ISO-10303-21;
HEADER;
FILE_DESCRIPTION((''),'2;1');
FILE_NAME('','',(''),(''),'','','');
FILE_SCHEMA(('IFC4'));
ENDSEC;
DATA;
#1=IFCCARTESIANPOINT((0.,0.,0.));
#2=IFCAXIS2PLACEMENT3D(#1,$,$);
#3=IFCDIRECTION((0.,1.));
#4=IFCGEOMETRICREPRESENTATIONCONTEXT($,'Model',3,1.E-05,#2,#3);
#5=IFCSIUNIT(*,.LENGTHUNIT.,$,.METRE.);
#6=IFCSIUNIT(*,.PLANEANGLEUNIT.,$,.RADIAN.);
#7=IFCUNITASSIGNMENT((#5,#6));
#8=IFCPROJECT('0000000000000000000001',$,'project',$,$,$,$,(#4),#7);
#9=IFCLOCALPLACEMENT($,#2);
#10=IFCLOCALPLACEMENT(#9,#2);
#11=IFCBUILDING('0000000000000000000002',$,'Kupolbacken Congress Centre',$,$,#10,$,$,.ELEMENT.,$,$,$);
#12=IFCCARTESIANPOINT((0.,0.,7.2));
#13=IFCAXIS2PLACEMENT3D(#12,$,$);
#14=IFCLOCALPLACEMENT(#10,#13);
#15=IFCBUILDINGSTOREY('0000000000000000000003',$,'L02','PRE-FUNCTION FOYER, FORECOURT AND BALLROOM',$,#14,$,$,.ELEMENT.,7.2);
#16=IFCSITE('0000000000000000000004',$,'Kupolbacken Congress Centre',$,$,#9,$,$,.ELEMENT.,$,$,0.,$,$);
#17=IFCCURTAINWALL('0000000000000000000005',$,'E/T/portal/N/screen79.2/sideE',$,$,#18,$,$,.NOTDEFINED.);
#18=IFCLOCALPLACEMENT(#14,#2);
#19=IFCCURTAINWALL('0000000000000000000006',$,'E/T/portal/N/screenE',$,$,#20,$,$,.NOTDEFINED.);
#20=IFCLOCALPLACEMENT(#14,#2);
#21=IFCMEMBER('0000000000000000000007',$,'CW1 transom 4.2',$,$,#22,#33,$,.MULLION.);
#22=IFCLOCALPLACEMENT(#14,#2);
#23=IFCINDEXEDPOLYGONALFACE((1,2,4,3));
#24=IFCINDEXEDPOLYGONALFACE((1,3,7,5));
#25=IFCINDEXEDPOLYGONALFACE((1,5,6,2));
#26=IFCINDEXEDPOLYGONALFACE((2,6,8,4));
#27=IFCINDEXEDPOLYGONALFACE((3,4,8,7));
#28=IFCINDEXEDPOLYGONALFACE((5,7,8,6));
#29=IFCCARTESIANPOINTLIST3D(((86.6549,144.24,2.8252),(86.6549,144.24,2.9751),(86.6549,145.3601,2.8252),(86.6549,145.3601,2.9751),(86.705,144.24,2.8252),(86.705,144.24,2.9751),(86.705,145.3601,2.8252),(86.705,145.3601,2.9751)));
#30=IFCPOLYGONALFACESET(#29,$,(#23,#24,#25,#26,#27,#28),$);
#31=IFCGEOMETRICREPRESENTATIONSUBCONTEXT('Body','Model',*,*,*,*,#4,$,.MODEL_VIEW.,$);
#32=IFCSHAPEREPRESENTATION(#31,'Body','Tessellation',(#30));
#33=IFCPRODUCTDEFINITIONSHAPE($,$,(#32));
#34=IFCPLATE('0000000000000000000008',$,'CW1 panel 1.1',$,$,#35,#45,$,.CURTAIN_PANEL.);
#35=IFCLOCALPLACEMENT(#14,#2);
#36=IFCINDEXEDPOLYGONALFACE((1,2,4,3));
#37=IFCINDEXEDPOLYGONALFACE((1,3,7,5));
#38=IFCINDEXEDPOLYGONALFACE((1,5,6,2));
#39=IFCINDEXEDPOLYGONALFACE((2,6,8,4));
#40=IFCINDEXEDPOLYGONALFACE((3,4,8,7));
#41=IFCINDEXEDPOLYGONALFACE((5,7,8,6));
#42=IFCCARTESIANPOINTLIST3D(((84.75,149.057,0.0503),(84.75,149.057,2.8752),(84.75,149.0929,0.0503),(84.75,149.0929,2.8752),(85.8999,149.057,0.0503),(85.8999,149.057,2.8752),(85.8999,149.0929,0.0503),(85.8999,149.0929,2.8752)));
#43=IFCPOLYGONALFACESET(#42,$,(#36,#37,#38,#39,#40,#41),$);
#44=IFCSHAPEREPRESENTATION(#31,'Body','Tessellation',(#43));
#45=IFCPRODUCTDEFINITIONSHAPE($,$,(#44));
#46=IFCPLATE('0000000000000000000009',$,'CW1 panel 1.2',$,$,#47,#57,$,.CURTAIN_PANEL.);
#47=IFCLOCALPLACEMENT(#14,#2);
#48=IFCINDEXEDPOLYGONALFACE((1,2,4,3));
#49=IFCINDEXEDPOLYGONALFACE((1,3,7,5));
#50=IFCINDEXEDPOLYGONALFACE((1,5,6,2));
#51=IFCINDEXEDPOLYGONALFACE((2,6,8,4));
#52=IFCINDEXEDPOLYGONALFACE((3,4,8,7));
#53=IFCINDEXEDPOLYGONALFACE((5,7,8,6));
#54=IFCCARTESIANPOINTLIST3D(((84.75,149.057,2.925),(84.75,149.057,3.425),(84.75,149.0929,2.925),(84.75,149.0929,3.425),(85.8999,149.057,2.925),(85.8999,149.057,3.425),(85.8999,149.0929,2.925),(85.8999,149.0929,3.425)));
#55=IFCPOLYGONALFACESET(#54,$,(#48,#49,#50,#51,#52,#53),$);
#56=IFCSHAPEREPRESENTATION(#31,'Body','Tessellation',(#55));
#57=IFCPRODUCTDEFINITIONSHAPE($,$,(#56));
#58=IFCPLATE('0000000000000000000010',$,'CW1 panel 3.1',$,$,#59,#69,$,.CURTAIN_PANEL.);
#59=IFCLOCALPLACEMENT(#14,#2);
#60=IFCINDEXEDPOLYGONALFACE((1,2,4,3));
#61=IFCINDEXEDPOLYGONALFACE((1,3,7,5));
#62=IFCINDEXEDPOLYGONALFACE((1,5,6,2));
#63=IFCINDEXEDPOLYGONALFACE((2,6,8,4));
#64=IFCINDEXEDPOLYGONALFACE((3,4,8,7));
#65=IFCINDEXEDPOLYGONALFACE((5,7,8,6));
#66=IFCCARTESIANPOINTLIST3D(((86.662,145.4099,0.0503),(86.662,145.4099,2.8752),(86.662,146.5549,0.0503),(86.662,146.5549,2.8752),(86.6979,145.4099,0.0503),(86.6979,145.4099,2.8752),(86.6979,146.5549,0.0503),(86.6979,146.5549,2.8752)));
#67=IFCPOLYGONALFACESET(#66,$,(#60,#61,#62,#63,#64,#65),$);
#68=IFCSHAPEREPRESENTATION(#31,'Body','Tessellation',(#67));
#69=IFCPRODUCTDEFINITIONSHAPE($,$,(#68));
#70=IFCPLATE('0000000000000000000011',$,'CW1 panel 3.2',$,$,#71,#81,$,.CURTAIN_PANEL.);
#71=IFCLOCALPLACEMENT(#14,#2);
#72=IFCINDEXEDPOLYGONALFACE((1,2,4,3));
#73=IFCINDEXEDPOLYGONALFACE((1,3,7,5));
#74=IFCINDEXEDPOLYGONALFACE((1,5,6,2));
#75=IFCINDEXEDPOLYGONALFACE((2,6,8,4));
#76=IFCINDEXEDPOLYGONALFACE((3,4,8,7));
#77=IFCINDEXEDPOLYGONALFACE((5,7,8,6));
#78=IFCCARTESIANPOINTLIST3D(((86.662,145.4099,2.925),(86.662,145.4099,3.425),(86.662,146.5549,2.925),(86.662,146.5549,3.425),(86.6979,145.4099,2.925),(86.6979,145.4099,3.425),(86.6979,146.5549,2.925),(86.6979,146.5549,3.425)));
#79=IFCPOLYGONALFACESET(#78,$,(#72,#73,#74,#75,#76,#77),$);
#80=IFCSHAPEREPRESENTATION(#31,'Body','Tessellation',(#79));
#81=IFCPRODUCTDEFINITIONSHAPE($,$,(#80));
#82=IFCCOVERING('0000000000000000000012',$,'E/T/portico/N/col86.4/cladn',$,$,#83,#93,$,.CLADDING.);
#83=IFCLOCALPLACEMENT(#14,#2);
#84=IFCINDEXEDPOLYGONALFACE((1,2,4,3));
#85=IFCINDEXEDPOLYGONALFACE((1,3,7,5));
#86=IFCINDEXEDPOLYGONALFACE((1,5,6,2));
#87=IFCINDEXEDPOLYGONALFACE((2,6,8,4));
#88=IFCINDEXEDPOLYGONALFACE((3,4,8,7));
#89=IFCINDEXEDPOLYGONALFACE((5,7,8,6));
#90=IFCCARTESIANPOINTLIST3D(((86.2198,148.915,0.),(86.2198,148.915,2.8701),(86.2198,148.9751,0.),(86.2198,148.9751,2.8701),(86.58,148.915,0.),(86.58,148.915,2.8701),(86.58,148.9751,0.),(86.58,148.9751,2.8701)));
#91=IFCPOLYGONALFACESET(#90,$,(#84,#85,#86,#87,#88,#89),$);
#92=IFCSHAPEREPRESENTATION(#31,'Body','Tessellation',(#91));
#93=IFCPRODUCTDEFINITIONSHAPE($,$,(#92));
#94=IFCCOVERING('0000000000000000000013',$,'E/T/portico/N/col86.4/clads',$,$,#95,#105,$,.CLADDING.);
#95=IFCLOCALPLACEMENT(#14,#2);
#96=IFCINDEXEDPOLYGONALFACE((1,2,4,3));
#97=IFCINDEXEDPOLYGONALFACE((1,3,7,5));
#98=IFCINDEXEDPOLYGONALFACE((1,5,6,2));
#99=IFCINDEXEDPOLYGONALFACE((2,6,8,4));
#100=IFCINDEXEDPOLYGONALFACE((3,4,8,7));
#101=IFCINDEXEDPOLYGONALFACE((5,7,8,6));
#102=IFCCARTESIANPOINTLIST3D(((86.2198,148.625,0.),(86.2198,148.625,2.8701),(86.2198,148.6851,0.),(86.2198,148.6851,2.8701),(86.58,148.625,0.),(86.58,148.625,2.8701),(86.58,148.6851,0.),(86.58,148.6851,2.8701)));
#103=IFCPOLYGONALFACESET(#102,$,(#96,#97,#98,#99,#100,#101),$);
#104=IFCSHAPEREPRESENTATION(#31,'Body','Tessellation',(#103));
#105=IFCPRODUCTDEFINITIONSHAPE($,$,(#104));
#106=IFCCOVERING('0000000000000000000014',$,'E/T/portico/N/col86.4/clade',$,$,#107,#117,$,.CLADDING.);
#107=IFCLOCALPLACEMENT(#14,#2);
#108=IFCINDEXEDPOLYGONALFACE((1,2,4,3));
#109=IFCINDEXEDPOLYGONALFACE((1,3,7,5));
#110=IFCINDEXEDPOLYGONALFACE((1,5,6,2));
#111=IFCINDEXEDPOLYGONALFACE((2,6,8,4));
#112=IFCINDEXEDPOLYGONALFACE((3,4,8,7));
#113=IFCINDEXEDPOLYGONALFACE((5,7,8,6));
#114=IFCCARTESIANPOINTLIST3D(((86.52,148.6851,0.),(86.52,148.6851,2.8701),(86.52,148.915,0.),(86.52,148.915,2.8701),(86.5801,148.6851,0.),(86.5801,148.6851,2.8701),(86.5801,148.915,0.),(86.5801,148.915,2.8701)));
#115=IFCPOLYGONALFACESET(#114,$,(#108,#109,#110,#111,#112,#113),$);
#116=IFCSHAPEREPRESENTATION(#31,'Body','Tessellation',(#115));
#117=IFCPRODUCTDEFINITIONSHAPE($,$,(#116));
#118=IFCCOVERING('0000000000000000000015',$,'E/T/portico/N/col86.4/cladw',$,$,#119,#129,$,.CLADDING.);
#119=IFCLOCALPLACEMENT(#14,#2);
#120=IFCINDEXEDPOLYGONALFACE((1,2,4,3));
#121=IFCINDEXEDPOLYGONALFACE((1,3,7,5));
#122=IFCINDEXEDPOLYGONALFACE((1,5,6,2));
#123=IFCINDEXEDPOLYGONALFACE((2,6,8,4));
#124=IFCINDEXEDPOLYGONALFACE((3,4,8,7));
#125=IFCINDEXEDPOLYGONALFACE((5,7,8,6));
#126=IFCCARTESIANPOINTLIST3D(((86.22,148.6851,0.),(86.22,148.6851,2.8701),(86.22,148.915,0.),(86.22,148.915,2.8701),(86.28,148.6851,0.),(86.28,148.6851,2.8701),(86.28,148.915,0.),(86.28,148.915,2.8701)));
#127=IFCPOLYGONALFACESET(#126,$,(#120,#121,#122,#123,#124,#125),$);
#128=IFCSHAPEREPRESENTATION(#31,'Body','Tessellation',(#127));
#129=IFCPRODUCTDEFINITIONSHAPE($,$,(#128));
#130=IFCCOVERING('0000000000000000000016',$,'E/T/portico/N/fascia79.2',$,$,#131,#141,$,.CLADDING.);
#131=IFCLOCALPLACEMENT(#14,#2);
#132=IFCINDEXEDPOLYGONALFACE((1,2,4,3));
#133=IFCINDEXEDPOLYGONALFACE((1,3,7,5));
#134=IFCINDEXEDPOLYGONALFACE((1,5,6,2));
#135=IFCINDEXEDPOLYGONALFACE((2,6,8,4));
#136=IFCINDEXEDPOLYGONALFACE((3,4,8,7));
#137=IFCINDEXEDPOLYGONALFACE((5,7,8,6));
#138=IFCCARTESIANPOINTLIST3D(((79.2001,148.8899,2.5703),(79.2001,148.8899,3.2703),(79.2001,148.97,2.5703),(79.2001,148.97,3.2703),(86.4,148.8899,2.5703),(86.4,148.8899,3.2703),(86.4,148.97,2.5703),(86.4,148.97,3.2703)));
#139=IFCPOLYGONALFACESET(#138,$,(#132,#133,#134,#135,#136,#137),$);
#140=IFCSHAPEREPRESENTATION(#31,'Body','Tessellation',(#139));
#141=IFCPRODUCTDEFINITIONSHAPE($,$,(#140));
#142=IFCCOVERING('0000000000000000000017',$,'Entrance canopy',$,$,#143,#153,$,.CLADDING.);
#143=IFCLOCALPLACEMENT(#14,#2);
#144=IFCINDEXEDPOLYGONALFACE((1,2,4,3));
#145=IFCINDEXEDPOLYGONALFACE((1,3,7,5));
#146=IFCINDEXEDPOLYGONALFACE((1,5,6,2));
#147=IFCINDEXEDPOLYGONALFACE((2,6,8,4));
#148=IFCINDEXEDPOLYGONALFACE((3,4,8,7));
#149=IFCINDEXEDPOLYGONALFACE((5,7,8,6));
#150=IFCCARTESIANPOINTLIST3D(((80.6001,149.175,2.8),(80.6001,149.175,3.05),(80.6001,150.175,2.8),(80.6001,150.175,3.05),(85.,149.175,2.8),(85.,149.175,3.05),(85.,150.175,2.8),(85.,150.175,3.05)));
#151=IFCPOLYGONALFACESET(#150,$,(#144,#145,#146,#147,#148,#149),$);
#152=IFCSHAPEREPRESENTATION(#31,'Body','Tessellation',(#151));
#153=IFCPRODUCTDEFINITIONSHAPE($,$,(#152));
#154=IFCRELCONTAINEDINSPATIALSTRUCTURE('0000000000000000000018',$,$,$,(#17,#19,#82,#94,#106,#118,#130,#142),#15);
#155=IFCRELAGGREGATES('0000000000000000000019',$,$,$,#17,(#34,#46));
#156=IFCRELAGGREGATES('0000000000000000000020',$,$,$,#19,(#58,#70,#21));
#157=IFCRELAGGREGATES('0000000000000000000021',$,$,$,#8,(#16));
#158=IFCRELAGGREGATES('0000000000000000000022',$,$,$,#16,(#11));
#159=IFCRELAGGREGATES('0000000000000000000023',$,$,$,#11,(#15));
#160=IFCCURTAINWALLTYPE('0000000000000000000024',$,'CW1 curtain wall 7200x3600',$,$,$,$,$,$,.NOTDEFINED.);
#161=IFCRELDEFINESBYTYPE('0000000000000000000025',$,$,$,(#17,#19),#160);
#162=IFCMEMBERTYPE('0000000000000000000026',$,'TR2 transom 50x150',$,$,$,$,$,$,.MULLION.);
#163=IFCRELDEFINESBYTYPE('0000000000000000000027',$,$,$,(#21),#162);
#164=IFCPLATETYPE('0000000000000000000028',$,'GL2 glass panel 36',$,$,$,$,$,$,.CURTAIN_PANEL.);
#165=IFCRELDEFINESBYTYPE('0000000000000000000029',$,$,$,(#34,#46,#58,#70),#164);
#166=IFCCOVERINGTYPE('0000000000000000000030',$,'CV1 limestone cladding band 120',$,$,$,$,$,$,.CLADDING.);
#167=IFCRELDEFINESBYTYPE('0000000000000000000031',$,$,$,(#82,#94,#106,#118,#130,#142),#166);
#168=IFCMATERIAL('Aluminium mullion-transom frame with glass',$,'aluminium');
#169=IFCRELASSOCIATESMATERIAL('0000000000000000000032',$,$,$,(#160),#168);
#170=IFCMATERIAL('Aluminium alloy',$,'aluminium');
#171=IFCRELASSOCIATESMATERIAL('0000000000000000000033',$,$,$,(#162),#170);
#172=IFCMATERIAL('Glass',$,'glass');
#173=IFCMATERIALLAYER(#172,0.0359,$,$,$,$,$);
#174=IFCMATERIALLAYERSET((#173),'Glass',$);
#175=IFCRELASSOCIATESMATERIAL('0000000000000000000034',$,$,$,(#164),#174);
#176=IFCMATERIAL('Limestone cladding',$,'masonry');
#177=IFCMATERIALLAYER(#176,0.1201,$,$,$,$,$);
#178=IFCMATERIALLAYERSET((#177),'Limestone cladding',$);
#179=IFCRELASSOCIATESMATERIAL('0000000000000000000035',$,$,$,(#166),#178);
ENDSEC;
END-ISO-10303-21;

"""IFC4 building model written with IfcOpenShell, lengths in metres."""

from ifc_helpers import new_model, si_unit, direction, frame, origin, origin_2d, place, context, subcontext, project, spatial, rectangle, extrude, material, layer, layer_set, material_profile, profile_set, type_object, element, aggregate, save


model = new_model("IFC4")

# Units and contexts
model_context = context("Model", 3, precision=1e-05, world=origin(), true_north=direction((0.0, 1.0)))
body_context = subcontext(model_context, "Body", "Model", "MODEL_VIEW")
ifc_project = project(units=[si_unit("LENGTHUNIT", "METRE"), si_unit("PLANEANGLEUNIT", "RADIAN")], contexts=[model_context])

# Site, building, storey
site_placement = place(None, origin())
site = spatial("IfcSite", under=ifc_project, at=site_placement, Name="Kupolbacken Congress Centre", CompositionType="ELEMENT", RefElevation=0.0)
building_placement = place(site_placement, origin())
building = spatial("IfcBuilding", under=site, at=building_placement, Name="Kupolbacken Congress Centre", CompositionType="ELEMENT")
storey_placement = place(building_placement, frame((0.0, 0.0, 7.2)))
storey = spatial("IfcBuildingStorey", under=building, at=storey_placement, Name="L02", Description="PRE-FUNCTION FOYER, FORECOURT AND BALLROOM", CompositionType="ELEMENT", Elevation=7.2)

# Curtain wall
ifc_material_1 = material(Name="Aluminium mullion-transom frame with glass", Category="aluminium")
curtain_wall_type = type_object("IfcCurtainWallType", Name="CW1 curtain wall 7200x3600", PredefinedType="NOTDEFINED", material=ifc_material_1)
curtain_wall_1_placement = place(storey_placement, origin())
curtain_wall_1 = element("IfcCurtainWall", 1, at=curtain_wall_1_placement, inside=storey, type_object=curtain_wall_type, Name="E/T/portal/N/screen79.2/sideE", PredefinedType="NOTDEFINED")

# Curtain wall
curtain_wall_2_placement = place(storey_placement, origin())
curtain_wall_2 = element("IfcCurtainWall", 2, at=curtain_wall_2_placement, inside=storey, type_object=curtain_wall_type, Name="E/T/portal/N/screenE", PredefinedType="NOTDEFINED")

# Member
ifc_material_2 = material(Name="Aluminium alloy", Category="aluminium")
ifc_material_profile_1 = material_profile(ifc_material_2, rectangle(XDim=0.05, YDim=0.1499, at=origin_2d()), Name="50 x 150")
ifc_profile_set_1 = profile_set([ifc_material_profile_1], Name="Aluminium alloy")
member_type_1 = type_object("IfcMemberType", Name="TR2 transom 50x150", PredefinedType="MULLION", material=ifc_profile_set_1)
member_1_placement = place(storey_placement, frame((86.6799, 145.3601, 2.9001), z_axis=(0.0, -1.0, 0.0), x_axis=(1.0, 0.0, 0.0)))
member_1 = element("IfcMember", 3, at=member_1_placement, type_object=member_type_1, Name="CW1 transom 4.2", PredefinedType="MULLION", context=body_context, shape_type="SweptSolid", body=[
    extrude(rectangle(XDim=0.05, YDim=0.1499, at=origin_2d()), origin(), (0.0, 0.0, 1.0), 1.1201),
])

# Plates
ifc_material_3 = material(Name="Glass", Category="glass")
ifc_layer_1 = layer(ifc_material_3, 0.0359)
ifc_layer_set_1 = layer_set([ifc_layer_1], Name="Glass")
plate_type = type_object("IfcPlateType", Name="GL2 glass panel 36", PredefinedType="CURTAIN_PANEL", material=ifc_layer_set_1)
plate_1_placement = place(storey_placement, frame((85.325, 149.075, 0.0503), z_axis=(0.0, 0.0, 1.0), x_axis=(-1.0, 0.0, 0.0)))
plate_1 = element("IfcPlate", 4, at=plate_1_placement, type_object=plate_type, Name="CW1 panel 1.1", PredefinedType="CURTAIN_PANEL", context=body_context, shape_type="SweptSolid", body=[
    extrude(rectangle(XDim=1.1499, YDim=0.0359, at=origin_2d()), origin(), (0.0, 0.0, 1.0), 2.825),
])
plate_2_placement = place(storey_placement, frame((85.325, 149.075, 2.925), z_axis=(0.0, 0.0, 1.0), x_axis=(-1.0, 0.0, 0.0)))
plate_2 = element("IfcPlate", 5, at=plate_2_placement, type_object=plate_type, Name="CW1 panel 1.2", PredefinedType="CURTAIN_PANEL", context=body_context, shape_type="SweptSolid", body=[
    extrude(rectangle(XDim=1.1499, YDim=0.0359, at=origin_2d()), origin(), (0.0, 0.0, 1.0), 0.5),
])
aggregate(curtain_wall_1, [plate_1, plate_2])
plate_3_placement = place(storey_placement, frame((86.6799, 145.9824, 0.0503), z_axis=(0.0, 0.0, 1.0), x_axis=(0.0, -1.0, 0.0)))
plate_3 = element("IfcPlate", 6, at=plate_3_placement, type_object=plate_type, Name="CW1 panel 3.1", PredefinedType="CURTAIN_PANEL", context=body_context, shape_type="SweptSolid", body=[
    extrude(rectangle(XDim=1.145, YDim=0.0359, at=origin_2d()), origin(), (0.0, 0.0, 1.0), 2.825),
])
plate_4_placement = place(storey_placement, frame((86.6799, 145.9824, 2.925), z_axis=(0.0, 0.0, 1.0), x_axis=(0.0, -1.0, 0.0)))
plate_4 = element("IfcPlate", 7, at=plate_4_placement, type_object=plate_type, Name="CW1 panel 3.2", PredefinedType="CURTAIN_PANEL", context=body_context, shape_type="SweptSolid", body=[
    extrude(rectangle(XDim=1.145, YDim=0.0359, at=origin_2d()), origin(), (0.0, 0.0, 1.0), 0.5),
])
aggregate(curtain_wall_2, [plate_3, plate_4, member_1])

# Coverings
ifc_material_4 = material(Name="Limestone cladding", Category="masonry")
ifc_layer_2 = layer(ifc_material_4, 0.1201)
ifc_layer_set_2 = layer_set([ifc_layer_2], Name="Limestone cladding")
covering_type = type_object("IfcCoveringType", Name="CV1 limestone cladding band 120", PredefinedType="CLADDING", material=ifc_layer_set_2)
for number, where, z_axis, x_axis, name in (
    (8, (86.3999, 148.9451, 0.0), (0.0, 0.0, 1.0), (1.0, 0.0, 0.0), "E/T/portico/N/col86.4/cladn"),
    (9, (86.3999, 148.655, 0.0), (0.0, 0.0, 1.0), (1.0, 0.0, 0.0), "E/T/portico/N/col86.4/clads"),
):
    element("IfcCovering", number, at=place(storey_placement, frame(where, z_axis=z_axis, x_axis=x_axis)), inside=storey, type_object=covering_type, Name=name, PredefinedType="CLADDING", context=body_context, shape_type="SweptSolid", body=[
        extrude(rectangle(XDim=0.3601, YDim=0.0601, at=origin_2d()), origin(), (0.0, 0.0, 1.0), 2.8701),
    ])
for number, where, z_axis, x_axis, name in (
    (10, (86.55, 148.8, 0.0), (0.0, 0.0, 1.0), (1.0, 0.0, 0.0), "E/T/portico/N/col86.4/clade"),
    (11, (86.25, 148.8, 0.0), (0.0, 0.0, 1.0), (1.0, 0.0, 0.0), "E/T/portico/N/col86.4/cladw"),
):
    element("IfcCovering", number, at=place(storey_placement, frame(where, z_axis=z_axis, x_axis=x_axis)), inside=storey, type_object=covering_type, Name=name, PredefinedType="CLADDING", context=body_context, shape_type="SweptSolid", body=[
        extrude(rectangle(XDim=0.0601, YDim=0.23, at=origin_2d()), origin(), (0.0, 0.0, 1.0), 2.8701),
    ])
covering_1_placement = place(storey_placement, frame((82.8, 148.9299, 2.5703), z_axis=(0.0, 0.0, 1.0), x_axis=(1.0, 0.0, 0.0)))
element("IfcCovering", 12, at=covering_1_placement, inside=storey, type_object=covering_type, Name="E/T/portico/N/fascia79.2", PredefinedType="CLADDING", context=body_context, shape_type="SweptSolid", body=[
    extrude(rectangle(XDim=7.2, YDim=0.0801, at=origin_2d()), origin(), (0.0, 0.0, 1.0), 0.7),
])
covering_2_placement = place(storey_placement, frame((82.8, 149.675, 2.8), z_axis=(0.0, 0.0, 1.0), x_axis=(1.0, 0.0, 0.0)))
element("IfcCovering", 13, at=covering_2_placement, inside=storey, type_object=covering_type, Name="Entrance canopy", PredefinedType="CLADDING", context=body_context, shape_type="SweptSolid", body=[
    extrude(rectangle(XDim=4.3999, YDim=1.0, at=origin_2d()), origin(), (0.0, 0.0, 1.0), 0.25),
])

save(model, "model.ifc")
